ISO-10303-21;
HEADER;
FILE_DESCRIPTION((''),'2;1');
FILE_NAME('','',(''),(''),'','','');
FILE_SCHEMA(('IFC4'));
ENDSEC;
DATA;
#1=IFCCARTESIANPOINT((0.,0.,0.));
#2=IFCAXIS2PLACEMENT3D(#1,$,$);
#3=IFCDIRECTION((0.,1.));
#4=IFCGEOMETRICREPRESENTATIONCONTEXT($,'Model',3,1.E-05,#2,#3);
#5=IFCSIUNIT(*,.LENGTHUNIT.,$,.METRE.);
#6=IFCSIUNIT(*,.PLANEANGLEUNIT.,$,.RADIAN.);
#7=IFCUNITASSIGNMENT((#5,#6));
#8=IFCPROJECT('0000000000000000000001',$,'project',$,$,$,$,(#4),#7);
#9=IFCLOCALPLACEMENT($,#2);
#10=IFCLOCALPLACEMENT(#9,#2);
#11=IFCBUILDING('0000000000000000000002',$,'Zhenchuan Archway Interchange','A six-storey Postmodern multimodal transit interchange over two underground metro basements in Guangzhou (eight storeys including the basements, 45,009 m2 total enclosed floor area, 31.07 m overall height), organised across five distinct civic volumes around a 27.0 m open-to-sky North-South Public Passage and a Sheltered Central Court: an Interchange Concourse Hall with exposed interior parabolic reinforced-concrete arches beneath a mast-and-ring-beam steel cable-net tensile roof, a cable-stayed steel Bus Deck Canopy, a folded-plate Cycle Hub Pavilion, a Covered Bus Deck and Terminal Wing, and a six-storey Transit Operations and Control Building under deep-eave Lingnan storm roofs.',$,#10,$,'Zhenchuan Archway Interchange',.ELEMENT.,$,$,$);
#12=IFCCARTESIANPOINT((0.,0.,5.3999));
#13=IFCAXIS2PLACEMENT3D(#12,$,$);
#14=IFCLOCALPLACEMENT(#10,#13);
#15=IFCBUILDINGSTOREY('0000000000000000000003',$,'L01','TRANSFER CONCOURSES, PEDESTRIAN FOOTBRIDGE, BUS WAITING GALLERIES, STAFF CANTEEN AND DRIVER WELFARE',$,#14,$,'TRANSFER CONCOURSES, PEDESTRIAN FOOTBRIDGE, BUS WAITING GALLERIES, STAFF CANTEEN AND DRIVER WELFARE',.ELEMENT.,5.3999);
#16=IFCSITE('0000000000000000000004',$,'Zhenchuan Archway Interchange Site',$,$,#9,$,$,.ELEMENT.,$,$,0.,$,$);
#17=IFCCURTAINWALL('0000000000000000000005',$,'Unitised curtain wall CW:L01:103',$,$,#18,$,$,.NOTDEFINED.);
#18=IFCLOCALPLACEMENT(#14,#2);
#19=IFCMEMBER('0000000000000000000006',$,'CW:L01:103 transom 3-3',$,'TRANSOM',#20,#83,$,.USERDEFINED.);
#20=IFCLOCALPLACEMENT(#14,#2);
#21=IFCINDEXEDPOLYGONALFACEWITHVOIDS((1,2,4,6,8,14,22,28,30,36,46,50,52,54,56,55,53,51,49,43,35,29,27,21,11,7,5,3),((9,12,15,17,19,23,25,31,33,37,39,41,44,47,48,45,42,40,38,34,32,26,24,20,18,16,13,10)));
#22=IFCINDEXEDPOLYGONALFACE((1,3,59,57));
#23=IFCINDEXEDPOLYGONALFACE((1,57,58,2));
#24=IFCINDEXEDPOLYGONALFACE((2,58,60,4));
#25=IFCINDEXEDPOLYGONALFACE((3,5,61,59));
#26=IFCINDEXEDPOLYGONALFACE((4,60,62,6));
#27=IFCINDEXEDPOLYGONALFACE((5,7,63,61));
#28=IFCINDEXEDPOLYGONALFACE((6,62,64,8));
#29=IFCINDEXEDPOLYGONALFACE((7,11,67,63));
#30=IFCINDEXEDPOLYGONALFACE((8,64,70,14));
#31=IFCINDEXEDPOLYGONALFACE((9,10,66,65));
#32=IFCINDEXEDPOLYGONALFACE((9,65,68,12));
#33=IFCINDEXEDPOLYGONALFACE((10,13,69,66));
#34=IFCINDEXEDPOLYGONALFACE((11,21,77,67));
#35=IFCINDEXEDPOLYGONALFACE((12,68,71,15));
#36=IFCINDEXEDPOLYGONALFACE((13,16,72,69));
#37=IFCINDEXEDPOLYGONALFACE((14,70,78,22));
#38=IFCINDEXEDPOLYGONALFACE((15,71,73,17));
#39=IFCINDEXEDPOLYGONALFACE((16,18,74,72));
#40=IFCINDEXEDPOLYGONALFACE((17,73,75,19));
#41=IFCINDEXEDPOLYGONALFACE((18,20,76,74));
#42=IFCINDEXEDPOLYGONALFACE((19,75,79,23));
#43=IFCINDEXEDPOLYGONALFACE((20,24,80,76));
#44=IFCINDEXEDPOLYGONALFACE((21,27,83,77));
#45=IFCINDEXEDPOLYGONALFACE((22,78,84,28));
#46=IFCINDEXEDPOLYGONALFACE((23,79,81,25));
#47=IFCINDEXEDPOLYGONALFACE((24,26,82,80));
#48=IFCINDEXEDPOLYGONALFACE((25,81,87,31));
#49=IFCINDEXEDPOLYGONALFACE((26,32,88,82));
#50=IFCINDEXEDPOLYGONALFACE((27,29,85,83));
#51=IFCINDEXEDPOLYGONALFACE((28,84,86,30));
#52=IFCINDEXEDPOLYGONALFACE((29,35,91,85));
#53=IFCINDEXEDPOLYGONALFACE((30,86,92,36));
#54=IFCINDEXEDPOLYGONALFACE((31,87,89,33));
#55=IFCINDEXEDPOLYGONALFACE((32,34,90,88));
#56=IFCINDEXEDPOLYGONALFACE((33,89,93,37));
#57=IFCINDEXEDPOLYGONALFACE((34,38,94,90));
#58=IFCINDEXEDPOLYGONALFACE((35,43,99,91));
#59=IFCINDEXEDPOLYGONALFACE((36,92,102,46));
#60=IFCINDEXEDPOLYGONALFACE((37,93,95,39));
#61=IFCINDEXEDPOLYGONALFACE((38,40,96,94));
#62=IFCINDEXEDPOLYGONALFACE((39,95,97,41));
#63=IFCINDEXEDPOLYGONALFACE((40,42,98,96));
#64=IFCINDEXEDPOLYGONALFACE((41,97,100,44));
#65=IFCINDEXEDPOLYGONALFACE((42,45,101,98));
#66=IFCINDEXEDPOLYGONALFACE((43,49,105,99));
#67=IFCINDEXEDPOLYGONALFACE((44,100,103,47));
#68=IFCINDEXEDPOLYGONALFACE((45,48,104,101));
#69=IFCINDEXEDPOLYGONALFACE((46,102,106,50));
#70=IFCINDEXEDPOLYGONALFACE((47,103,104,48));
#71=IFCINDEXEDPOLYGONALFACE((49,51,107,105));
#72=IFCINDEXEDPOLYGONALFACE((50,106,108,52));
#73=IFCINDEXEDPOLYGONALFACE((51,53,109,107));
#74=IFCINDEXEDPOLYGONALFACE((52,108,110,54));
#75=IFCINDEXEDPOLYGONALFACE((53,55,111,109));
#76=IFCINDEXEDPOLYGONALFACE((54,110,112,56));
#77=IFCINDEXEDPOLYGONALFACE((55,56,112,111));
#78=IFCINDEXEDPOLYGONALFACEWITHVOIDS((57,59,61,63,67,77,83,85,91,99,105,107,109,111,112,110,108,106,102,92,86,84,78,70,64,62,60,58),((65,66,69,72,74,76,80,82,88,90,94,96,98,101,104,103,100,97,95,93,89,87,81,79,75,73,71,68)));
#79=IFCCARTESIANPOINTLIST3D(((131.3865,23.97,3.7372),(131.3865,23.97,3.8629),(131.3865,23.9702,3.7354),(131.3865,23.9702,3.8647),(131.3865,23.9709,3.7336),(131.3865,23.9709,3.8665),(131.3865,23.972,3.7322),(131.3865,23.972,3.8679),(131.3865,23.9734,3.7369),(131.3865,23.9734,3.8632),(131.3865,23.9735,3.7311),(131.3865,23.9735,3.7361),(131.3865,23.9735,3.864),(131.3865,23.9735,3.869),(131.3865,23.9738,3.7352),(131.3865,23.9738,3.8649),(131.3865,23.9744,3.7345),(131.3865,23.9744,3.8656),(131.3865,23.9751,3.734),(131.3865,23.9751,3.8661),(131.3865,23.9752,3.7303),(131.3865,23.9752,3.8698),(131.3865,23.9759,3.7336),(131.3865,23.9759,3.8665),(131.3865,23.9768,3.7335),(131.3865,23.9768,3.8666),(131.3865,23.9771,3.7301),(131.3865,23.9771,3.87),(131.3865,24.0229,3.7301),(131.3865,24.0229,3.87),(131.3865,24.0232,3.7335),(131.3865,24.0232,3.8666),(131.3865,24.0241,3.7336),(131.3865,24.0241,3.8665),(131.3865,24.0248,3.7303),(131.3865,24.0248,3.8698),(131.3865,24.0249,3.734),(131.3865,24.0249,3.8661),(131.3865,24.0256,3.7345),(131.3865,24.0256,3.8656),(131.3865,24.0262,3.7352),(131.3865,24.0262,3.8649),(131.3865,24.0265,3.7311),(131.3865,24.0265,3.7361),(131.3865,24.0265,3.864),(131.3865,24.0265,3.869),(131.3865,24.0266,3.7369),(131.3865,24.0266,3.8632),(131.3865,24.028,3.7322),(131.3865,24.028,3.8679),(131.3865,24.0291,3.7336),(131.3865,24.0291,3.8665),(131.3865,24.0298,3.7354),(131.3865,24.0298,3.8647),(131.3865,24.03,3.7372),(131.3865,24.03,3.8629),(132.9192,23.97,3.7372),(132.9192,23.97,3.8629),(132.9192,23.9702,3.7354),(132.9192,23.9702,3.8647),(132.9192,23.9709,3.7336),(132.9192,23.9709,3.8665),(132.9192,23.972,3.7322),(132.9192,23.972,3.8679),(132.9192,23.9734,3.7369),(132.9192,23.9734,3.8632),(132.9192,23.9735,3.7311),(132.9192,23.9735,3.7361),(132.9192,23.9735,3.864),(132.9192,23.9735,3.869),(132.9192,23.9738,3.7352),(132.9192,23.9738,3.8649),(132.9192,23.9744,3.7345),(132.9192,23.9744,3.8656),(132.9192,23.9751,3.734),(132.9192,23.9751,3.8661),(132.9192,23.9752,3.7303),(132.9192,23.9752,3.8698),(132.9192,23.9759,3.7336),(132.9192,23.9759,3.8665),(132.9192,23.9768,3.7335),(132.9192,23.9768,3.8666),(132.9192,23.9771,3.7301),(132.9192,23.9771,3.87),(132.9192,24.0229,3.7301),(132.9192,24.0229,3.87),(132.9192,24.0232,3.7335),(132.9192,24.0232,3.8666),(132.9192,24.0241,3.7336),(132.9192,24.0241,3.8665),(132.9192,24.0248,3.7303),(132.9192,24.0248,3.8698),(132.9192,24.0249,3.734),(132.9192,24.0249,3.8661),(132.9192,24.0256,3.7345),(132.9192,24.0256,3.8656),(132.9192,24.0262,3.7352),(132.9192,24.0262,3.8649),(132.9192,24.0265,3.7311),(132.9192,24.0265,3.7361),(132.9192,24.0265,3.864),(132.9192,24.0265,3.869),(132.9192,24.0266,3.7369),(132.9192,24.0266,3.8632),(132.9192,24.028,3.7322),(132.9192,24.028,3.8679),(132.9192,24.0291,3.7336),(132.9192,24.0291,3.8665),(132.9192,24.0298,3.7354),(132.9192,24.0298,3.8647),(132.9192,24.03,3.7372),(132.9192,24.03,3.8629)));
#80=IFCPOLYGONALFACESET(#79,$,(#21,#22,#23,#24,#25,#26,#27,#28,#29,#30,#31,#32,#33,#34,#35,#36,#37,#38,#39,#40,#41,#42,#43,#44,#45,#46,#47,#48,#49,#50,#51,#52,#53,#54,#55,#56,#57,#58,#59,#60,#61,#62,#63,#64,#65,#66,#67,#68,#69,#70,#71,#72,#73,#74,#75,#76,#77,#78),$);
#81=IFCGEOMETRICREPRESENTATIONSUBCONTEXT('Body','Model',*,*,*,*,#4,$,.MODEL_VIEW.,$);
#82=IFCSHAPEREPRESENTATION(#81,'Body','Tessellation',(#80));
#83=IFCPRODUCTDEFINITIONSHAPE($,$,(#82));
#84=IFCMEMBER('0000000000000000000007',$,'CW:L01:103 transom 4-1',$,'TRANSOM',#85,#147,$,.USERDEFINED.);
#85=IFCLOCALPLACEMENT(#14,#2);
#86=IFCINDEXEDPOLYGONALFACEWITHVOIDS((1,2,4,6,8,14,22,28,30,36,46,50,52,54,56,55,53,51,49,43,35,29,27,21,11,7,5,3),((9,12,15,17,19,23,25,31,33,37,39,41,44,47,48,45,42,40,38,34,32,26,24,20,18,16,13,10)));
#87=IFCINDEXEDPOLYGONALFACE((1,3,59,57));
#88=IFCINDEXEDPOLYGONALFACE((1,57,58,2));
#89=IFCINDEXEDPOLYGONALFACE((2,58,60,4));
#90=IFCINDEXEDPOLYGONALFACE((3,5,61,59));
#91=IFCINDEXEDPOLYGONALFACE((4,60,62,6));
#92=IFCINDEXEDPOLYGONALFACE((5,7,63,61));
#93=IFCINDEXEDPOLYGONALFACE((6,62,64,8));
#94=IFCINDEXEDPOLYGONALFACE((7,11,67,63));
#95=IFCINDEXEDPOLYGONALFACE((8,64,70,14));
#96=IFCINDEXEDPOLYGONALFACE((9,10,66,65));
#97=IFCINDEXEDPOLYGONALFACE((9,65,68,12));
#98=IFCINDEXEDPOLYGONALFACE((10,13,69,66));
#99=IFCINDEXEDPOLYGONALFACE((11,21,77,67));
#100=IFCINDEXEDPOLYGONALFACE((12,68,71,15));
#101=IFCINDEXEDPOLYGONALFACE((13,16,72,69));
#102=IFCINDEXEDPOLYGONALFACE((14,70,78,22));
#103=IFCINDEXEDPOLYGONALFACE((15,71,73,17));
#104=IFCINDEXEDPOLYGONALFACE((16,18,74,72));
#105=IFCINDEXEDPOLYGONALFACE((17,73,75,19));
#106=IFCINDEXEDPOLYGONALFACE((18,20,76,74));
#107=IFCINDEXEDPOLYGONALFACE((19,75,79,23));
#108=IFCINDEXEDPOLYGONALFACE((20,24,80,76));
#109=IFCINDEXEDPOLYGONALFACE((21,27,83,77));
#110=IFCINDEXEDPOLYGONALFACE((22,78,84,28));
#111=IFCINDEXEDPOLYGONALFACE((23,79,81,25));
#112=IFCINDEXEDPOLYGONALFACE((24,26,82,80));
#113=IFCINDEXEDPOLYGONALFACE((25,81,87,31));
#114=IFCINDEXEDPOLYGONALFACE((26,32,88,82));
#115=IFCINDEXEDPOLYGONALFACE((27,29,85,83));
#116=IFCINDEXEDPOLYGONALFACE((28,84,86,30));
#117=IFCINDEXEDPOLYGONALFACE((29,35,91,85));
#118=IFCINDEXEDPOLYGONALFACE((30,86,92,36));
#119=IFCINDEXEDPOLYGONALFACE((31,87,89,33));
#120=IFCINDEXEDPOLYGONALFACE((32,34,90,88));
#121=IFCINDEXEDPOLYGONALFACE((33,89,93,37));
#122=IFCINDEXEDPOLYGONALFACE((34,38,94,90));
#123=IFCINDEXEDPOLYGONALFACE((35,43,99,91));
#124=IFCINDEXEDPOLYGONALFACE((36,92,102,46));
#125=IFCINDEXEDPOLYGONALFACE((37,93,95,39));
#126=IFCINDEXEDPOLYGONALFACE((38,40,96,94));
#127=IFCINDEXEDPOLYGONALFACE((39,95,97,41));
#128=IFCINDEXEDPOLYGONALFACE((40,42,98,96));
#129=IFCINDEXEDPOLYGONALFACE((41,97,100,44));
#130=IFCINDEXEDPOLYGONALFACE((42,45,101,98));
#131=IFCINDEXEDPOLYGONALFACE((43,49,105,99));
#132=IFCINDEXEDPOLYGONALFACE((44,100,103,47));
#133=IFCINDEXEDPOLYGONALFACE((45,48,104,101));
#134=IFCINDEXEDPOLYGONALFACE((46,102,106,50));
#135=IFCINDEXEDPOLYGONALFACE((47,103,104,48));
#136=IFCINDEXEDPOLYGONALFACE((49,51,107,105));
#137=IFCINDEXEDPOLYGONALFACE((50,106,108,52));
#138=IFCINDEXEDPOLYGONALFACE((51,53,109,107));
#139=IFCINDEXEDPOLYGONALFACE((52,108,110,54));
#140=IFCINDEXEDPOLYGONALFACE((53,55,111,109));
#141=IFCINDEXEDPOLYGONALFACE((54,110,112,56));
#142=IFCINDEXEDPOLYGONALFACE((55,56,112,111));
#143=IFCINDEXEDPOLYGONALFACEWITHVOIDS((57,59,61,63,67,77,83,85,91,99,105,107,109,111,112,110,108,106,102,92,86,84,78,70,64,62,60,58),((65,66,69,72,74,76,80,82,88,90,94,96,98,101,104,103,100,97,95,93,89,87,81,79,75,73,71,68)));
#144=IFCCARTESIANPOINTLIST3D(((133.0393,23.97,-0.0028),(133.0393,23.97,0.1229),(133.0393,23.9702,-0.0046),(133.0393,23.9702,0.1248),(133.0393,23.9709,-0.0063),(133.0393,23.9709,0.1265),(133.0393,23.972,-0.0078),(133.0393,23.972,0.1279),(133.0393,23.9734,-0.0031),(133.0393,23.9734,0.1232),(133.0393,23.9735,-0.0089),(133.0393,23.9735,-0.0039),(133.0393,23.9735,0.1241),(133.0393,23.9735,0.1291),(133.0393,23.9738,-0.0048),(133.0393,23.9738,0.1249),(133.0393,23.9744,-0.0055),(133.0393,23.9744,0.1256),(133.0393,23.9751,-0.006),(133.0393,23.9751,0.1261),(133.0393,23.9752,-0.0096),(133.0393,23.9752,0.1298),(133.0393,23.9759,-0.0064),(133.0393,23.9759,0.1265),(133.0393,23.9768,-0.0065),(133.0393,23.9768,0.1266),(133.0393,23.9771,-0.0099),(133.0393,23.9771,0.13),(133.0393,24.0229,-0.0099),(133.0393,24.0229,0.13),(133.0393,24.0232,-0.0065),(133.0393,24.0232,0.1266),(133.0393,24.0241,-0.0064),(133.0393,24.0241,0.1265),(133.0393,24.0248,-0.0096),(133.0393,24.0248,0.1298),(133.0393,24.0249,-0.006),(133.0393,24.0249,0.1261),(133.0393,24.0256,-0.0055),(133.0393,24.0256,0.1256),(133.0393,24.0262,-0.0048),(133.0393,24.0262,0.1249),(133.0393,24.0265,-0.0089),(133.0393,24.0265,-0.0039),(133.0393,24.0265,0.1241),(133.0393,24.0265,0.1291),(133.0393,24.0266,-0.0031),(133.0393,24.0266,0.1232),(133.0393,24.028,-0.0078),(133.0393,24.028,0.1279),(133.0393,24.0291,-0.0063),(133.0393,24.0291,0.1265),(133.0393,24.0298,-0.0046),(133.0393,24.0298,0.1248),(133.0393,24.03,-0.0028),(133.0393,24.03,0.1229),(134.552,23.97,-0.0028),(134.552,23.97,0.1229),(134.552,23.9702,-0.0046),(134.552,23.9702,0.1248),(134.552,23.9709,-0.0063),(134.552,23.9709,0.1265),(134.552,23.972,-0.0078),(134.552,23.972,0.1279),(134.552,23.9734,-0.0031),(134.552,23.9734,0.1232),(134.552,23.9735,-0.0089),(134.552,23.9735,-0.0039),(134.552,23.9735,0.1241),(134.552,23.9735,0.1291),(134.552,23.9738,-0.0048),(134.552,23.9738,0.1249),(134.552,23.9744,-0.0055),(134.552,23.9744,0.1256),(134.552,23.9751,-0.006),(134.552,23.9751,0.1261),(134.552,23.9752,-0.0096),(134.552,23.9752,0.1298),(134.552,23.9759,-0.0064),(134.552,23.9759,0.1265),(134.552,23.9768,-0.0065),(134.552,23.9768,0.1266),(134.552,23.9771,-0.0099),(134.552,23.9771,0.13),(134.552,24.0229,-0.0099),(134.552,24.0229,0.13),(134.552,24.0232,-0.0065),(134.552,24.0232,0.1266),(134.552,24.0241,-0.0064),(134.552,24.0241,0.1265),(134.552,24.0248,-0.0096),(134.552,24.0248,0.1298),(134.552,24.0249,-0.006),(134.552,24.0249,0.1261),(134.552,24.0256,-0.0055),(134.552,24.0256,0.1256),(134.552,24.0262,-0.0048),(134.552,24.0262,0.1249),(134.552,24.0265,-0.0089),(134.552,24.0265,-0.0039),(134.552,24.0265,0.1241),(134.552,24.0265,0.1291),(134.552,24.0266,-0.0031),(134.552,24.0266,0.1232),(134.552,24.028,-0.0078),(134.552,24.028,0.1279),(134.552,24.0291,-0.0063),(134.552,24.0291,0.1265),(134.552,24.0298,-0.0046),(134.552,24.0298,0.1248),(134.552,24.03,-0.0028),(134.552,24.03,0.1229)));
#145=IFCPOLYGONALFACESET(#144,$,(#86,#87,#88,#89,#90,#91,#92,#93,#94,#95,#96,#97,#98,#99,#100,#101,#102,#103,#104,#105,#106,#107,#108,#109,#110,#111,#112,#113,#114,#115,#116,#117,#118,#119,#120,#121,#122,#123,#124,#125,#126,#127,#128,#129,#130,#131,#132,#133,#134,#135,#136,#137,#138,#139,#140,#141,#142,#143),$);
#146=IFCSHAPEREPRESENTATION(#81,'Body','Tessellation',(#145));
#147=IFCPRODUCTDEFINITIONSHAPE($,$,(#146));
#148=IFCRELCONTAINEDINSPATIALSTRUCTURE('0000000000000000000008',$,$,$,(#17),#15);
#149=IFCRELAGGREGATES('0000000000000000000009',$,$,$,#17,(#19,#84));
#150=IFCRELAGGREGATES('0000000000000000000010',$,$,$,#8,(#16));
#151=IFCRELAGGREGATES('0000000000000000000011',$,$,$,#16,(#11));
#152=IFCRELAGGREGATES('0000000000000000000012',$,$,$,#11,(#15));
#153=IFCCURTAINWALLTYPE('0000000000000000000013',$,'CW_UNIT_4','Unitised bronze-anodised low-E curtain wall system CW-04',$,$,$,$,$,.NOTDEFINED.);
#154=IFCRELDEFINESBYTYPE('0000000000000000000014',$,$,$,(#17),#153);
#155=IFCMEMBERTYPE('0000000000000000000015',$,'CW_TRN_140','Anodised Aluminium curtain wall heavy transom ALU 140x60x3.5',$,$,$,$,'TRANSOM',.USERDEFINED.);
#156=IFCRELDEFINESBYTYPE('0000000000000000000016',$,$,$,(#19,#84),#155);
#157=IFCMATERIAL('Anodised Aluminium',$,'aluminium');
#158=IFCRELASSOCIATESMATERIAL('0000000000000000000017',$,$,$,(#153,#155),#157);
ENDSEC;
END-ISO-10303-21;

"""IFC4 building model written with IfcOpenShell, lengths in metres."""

from ifc_helpers import new_model, si_unit, direction, frame, origin, origin_2d, place, context, subcontext, project, spatial, hollow_rectangle, extrude, material, material_profile, profile_set, type_object, element, aggregate, save


model = new_model("IFC4")

# Units and contexts
model_context = context("Model", 3, precision=1e-05, world=origin(), true_north=direction((0.0, 1.0)))
body_context = subcontext(model_context, "Body", "Model", "MODEL_VIEW")
ifc_project = project(units=[si_unit("LENGTHUNIT", "METRE"), si_unit("PLANEANGLEUNIT", "RADIAN")], contexts=[model_context])

# Site, building, storey
site_placement = place(None, origin())
site = spatial("IfcSite", under=ifc_project, at=site_placement, Name="Zhenchuan Archway Interchange Site", CompositionType="ELEMENT", RefElevation=0.0)
building_placement = place(site_placement, origin())
building = spatial("IfcBuilding", under=site, at=building_placement, Name="Zhenchuan Archway Interchange", Description="A six-storey Postmodern multimodal transit interchange over two underground metro basements in Guangzhou (eight storeys including the basements, 45,009 m2 total enclosed floor area, 31.07 m overall height), organised across five distinct civic volumes around a 27.0 m open-to-sky North-South Public Passage and a Sheltered Central Court: an Interchange Concourse Hall with exposed interior parabolic reinforced-concrete arches beneath a mast-and-ring-beam steel cable-net tensile roof, a cable-stayed steel Bus Deck Canopy, a folded-plate Cycle Hub Pavilion, a Covered Bus Deck and Terminal Wing, and a six-storey Transit Operations and Control Building under deep-eave Lingnan storm roofs.", LongName="Zhenchuan Archway Interchange", CompositionType="ELEMENT")
storey_placement = place(building_placement, frame((0.0, 0.0, 5.3999)))
storey = spatial("IfcBuildingStorey", under=building, at=storey_placement, Name="L01", Description="TRANSFER CONCOURSES, PEDESTRIAN FOOTBRIDGE, BUS WAITING GALLERIES, STAFF CANTEEN AND DRIVER WELFARE", LongName="TRANSFER CONCOURSES, PEDESTRIAN FOOTBRIDGE, BUS WAITING GALLERIES, STAFF CANTEEN AND DRIVER WELFARE", CompositionType="ELEMENT", Elevation=5.3999)

# Curtain wall
ifc_material_1 = material(Name="Anodised Aluminium", Category="aluminium")
curtain_wall_type_1 = type_object("IfcCurtainWallType", Name="CW_UNIT_4", Description="Unitised bronze-anodised low-E curtain wall system CW-04", PredefinedType="NOTDEFINED", material=ifc_material_1)
curtain_wall_1_placement = place(storey_placement, origin())
curtain_wall_1 = element("IfcCurtainWall", 1, at=curtain_wall_1_placement, inside=storey, type_object=curtain_wall_type_1, Name="Unitised curtain wall CW:L01:103", PredefinedType="NOTDEFINED")

# Members
ifc_material_profile_1 = material_profile(ifc_material_1, hollow_rectangle(XDim=0.0601, YDim=0.1399, WallThickness=0.0034, InnerFilletRadius=0.0034, OuterFilletRadius=0.0071, at=origin_2d()), Name="ALU 140x60x3.5")
ifc_profile_set_1 = profile_set([ifc_material_profile_1], Name="Anodised Aluminium")
member_type_1 = type_object("IfcMemberType", Name="CW_TRN_140", Description="Anodised Aluminium curtain wall heavy transom ALU 140x60x3.5", ElementType="TRANSOM", PredefinedType="USERDEFINED", material=ifc_profile_set_1)
member_1_placement = place(storey_placement, frame((131.3865, 24.0, 3.8), z_axis=(1.0, 0.0, 0.0), x_axis=(0.0, 1.0, 0.0)))
member_1 = element("IfcMember", 2, at=member_1_placement, type_object=member_type_1, Name="CW:L01:103 transom 3-3", ObjectType="TRANSOM", PredefinedType="USERDEFINED", context=body_context, shape_type="SweptSolid", body=[
    extrude(hollow_rectangle(XDim=0.0601, YDim=0.1399, WallThickness=0.0034, InnerFilletRadius=0.0034, OuterFilletRadius=0.0071, at=origin_2d()), origin(), (0.0, 0.0, 1.0), 1.5327),
])
member_2_placement = place(storey_placement, frame((133.0393, 24.0, 0.0601), z_axis=(1.0, 0.0, 0.0), x_axis=(0.0, 1.0, 0.0)))
member_2 = element("IfcMember", 3, at=member_2_placement, type_object=member_type_1, Name="CW:L01:103 transom 4-1", ObjectType="TRANSOM", PredefinedType="USERDEFINED", context=body_context, shape_type="SweptSolid", body=[
    extrude(hollow_rectangle(XDim=0.0601, YDim=0.1399, WallThickness=0.0034, InnerFilletRadius=0.0034, OuterFilletRadius=0.0071, at=origin_2d()), origin(), (0.0, 0.0, 1.0), 1.5127),
])

aggregate(curtain_wall_1, [member_1, member_2])

save(model, "model.ifc")
